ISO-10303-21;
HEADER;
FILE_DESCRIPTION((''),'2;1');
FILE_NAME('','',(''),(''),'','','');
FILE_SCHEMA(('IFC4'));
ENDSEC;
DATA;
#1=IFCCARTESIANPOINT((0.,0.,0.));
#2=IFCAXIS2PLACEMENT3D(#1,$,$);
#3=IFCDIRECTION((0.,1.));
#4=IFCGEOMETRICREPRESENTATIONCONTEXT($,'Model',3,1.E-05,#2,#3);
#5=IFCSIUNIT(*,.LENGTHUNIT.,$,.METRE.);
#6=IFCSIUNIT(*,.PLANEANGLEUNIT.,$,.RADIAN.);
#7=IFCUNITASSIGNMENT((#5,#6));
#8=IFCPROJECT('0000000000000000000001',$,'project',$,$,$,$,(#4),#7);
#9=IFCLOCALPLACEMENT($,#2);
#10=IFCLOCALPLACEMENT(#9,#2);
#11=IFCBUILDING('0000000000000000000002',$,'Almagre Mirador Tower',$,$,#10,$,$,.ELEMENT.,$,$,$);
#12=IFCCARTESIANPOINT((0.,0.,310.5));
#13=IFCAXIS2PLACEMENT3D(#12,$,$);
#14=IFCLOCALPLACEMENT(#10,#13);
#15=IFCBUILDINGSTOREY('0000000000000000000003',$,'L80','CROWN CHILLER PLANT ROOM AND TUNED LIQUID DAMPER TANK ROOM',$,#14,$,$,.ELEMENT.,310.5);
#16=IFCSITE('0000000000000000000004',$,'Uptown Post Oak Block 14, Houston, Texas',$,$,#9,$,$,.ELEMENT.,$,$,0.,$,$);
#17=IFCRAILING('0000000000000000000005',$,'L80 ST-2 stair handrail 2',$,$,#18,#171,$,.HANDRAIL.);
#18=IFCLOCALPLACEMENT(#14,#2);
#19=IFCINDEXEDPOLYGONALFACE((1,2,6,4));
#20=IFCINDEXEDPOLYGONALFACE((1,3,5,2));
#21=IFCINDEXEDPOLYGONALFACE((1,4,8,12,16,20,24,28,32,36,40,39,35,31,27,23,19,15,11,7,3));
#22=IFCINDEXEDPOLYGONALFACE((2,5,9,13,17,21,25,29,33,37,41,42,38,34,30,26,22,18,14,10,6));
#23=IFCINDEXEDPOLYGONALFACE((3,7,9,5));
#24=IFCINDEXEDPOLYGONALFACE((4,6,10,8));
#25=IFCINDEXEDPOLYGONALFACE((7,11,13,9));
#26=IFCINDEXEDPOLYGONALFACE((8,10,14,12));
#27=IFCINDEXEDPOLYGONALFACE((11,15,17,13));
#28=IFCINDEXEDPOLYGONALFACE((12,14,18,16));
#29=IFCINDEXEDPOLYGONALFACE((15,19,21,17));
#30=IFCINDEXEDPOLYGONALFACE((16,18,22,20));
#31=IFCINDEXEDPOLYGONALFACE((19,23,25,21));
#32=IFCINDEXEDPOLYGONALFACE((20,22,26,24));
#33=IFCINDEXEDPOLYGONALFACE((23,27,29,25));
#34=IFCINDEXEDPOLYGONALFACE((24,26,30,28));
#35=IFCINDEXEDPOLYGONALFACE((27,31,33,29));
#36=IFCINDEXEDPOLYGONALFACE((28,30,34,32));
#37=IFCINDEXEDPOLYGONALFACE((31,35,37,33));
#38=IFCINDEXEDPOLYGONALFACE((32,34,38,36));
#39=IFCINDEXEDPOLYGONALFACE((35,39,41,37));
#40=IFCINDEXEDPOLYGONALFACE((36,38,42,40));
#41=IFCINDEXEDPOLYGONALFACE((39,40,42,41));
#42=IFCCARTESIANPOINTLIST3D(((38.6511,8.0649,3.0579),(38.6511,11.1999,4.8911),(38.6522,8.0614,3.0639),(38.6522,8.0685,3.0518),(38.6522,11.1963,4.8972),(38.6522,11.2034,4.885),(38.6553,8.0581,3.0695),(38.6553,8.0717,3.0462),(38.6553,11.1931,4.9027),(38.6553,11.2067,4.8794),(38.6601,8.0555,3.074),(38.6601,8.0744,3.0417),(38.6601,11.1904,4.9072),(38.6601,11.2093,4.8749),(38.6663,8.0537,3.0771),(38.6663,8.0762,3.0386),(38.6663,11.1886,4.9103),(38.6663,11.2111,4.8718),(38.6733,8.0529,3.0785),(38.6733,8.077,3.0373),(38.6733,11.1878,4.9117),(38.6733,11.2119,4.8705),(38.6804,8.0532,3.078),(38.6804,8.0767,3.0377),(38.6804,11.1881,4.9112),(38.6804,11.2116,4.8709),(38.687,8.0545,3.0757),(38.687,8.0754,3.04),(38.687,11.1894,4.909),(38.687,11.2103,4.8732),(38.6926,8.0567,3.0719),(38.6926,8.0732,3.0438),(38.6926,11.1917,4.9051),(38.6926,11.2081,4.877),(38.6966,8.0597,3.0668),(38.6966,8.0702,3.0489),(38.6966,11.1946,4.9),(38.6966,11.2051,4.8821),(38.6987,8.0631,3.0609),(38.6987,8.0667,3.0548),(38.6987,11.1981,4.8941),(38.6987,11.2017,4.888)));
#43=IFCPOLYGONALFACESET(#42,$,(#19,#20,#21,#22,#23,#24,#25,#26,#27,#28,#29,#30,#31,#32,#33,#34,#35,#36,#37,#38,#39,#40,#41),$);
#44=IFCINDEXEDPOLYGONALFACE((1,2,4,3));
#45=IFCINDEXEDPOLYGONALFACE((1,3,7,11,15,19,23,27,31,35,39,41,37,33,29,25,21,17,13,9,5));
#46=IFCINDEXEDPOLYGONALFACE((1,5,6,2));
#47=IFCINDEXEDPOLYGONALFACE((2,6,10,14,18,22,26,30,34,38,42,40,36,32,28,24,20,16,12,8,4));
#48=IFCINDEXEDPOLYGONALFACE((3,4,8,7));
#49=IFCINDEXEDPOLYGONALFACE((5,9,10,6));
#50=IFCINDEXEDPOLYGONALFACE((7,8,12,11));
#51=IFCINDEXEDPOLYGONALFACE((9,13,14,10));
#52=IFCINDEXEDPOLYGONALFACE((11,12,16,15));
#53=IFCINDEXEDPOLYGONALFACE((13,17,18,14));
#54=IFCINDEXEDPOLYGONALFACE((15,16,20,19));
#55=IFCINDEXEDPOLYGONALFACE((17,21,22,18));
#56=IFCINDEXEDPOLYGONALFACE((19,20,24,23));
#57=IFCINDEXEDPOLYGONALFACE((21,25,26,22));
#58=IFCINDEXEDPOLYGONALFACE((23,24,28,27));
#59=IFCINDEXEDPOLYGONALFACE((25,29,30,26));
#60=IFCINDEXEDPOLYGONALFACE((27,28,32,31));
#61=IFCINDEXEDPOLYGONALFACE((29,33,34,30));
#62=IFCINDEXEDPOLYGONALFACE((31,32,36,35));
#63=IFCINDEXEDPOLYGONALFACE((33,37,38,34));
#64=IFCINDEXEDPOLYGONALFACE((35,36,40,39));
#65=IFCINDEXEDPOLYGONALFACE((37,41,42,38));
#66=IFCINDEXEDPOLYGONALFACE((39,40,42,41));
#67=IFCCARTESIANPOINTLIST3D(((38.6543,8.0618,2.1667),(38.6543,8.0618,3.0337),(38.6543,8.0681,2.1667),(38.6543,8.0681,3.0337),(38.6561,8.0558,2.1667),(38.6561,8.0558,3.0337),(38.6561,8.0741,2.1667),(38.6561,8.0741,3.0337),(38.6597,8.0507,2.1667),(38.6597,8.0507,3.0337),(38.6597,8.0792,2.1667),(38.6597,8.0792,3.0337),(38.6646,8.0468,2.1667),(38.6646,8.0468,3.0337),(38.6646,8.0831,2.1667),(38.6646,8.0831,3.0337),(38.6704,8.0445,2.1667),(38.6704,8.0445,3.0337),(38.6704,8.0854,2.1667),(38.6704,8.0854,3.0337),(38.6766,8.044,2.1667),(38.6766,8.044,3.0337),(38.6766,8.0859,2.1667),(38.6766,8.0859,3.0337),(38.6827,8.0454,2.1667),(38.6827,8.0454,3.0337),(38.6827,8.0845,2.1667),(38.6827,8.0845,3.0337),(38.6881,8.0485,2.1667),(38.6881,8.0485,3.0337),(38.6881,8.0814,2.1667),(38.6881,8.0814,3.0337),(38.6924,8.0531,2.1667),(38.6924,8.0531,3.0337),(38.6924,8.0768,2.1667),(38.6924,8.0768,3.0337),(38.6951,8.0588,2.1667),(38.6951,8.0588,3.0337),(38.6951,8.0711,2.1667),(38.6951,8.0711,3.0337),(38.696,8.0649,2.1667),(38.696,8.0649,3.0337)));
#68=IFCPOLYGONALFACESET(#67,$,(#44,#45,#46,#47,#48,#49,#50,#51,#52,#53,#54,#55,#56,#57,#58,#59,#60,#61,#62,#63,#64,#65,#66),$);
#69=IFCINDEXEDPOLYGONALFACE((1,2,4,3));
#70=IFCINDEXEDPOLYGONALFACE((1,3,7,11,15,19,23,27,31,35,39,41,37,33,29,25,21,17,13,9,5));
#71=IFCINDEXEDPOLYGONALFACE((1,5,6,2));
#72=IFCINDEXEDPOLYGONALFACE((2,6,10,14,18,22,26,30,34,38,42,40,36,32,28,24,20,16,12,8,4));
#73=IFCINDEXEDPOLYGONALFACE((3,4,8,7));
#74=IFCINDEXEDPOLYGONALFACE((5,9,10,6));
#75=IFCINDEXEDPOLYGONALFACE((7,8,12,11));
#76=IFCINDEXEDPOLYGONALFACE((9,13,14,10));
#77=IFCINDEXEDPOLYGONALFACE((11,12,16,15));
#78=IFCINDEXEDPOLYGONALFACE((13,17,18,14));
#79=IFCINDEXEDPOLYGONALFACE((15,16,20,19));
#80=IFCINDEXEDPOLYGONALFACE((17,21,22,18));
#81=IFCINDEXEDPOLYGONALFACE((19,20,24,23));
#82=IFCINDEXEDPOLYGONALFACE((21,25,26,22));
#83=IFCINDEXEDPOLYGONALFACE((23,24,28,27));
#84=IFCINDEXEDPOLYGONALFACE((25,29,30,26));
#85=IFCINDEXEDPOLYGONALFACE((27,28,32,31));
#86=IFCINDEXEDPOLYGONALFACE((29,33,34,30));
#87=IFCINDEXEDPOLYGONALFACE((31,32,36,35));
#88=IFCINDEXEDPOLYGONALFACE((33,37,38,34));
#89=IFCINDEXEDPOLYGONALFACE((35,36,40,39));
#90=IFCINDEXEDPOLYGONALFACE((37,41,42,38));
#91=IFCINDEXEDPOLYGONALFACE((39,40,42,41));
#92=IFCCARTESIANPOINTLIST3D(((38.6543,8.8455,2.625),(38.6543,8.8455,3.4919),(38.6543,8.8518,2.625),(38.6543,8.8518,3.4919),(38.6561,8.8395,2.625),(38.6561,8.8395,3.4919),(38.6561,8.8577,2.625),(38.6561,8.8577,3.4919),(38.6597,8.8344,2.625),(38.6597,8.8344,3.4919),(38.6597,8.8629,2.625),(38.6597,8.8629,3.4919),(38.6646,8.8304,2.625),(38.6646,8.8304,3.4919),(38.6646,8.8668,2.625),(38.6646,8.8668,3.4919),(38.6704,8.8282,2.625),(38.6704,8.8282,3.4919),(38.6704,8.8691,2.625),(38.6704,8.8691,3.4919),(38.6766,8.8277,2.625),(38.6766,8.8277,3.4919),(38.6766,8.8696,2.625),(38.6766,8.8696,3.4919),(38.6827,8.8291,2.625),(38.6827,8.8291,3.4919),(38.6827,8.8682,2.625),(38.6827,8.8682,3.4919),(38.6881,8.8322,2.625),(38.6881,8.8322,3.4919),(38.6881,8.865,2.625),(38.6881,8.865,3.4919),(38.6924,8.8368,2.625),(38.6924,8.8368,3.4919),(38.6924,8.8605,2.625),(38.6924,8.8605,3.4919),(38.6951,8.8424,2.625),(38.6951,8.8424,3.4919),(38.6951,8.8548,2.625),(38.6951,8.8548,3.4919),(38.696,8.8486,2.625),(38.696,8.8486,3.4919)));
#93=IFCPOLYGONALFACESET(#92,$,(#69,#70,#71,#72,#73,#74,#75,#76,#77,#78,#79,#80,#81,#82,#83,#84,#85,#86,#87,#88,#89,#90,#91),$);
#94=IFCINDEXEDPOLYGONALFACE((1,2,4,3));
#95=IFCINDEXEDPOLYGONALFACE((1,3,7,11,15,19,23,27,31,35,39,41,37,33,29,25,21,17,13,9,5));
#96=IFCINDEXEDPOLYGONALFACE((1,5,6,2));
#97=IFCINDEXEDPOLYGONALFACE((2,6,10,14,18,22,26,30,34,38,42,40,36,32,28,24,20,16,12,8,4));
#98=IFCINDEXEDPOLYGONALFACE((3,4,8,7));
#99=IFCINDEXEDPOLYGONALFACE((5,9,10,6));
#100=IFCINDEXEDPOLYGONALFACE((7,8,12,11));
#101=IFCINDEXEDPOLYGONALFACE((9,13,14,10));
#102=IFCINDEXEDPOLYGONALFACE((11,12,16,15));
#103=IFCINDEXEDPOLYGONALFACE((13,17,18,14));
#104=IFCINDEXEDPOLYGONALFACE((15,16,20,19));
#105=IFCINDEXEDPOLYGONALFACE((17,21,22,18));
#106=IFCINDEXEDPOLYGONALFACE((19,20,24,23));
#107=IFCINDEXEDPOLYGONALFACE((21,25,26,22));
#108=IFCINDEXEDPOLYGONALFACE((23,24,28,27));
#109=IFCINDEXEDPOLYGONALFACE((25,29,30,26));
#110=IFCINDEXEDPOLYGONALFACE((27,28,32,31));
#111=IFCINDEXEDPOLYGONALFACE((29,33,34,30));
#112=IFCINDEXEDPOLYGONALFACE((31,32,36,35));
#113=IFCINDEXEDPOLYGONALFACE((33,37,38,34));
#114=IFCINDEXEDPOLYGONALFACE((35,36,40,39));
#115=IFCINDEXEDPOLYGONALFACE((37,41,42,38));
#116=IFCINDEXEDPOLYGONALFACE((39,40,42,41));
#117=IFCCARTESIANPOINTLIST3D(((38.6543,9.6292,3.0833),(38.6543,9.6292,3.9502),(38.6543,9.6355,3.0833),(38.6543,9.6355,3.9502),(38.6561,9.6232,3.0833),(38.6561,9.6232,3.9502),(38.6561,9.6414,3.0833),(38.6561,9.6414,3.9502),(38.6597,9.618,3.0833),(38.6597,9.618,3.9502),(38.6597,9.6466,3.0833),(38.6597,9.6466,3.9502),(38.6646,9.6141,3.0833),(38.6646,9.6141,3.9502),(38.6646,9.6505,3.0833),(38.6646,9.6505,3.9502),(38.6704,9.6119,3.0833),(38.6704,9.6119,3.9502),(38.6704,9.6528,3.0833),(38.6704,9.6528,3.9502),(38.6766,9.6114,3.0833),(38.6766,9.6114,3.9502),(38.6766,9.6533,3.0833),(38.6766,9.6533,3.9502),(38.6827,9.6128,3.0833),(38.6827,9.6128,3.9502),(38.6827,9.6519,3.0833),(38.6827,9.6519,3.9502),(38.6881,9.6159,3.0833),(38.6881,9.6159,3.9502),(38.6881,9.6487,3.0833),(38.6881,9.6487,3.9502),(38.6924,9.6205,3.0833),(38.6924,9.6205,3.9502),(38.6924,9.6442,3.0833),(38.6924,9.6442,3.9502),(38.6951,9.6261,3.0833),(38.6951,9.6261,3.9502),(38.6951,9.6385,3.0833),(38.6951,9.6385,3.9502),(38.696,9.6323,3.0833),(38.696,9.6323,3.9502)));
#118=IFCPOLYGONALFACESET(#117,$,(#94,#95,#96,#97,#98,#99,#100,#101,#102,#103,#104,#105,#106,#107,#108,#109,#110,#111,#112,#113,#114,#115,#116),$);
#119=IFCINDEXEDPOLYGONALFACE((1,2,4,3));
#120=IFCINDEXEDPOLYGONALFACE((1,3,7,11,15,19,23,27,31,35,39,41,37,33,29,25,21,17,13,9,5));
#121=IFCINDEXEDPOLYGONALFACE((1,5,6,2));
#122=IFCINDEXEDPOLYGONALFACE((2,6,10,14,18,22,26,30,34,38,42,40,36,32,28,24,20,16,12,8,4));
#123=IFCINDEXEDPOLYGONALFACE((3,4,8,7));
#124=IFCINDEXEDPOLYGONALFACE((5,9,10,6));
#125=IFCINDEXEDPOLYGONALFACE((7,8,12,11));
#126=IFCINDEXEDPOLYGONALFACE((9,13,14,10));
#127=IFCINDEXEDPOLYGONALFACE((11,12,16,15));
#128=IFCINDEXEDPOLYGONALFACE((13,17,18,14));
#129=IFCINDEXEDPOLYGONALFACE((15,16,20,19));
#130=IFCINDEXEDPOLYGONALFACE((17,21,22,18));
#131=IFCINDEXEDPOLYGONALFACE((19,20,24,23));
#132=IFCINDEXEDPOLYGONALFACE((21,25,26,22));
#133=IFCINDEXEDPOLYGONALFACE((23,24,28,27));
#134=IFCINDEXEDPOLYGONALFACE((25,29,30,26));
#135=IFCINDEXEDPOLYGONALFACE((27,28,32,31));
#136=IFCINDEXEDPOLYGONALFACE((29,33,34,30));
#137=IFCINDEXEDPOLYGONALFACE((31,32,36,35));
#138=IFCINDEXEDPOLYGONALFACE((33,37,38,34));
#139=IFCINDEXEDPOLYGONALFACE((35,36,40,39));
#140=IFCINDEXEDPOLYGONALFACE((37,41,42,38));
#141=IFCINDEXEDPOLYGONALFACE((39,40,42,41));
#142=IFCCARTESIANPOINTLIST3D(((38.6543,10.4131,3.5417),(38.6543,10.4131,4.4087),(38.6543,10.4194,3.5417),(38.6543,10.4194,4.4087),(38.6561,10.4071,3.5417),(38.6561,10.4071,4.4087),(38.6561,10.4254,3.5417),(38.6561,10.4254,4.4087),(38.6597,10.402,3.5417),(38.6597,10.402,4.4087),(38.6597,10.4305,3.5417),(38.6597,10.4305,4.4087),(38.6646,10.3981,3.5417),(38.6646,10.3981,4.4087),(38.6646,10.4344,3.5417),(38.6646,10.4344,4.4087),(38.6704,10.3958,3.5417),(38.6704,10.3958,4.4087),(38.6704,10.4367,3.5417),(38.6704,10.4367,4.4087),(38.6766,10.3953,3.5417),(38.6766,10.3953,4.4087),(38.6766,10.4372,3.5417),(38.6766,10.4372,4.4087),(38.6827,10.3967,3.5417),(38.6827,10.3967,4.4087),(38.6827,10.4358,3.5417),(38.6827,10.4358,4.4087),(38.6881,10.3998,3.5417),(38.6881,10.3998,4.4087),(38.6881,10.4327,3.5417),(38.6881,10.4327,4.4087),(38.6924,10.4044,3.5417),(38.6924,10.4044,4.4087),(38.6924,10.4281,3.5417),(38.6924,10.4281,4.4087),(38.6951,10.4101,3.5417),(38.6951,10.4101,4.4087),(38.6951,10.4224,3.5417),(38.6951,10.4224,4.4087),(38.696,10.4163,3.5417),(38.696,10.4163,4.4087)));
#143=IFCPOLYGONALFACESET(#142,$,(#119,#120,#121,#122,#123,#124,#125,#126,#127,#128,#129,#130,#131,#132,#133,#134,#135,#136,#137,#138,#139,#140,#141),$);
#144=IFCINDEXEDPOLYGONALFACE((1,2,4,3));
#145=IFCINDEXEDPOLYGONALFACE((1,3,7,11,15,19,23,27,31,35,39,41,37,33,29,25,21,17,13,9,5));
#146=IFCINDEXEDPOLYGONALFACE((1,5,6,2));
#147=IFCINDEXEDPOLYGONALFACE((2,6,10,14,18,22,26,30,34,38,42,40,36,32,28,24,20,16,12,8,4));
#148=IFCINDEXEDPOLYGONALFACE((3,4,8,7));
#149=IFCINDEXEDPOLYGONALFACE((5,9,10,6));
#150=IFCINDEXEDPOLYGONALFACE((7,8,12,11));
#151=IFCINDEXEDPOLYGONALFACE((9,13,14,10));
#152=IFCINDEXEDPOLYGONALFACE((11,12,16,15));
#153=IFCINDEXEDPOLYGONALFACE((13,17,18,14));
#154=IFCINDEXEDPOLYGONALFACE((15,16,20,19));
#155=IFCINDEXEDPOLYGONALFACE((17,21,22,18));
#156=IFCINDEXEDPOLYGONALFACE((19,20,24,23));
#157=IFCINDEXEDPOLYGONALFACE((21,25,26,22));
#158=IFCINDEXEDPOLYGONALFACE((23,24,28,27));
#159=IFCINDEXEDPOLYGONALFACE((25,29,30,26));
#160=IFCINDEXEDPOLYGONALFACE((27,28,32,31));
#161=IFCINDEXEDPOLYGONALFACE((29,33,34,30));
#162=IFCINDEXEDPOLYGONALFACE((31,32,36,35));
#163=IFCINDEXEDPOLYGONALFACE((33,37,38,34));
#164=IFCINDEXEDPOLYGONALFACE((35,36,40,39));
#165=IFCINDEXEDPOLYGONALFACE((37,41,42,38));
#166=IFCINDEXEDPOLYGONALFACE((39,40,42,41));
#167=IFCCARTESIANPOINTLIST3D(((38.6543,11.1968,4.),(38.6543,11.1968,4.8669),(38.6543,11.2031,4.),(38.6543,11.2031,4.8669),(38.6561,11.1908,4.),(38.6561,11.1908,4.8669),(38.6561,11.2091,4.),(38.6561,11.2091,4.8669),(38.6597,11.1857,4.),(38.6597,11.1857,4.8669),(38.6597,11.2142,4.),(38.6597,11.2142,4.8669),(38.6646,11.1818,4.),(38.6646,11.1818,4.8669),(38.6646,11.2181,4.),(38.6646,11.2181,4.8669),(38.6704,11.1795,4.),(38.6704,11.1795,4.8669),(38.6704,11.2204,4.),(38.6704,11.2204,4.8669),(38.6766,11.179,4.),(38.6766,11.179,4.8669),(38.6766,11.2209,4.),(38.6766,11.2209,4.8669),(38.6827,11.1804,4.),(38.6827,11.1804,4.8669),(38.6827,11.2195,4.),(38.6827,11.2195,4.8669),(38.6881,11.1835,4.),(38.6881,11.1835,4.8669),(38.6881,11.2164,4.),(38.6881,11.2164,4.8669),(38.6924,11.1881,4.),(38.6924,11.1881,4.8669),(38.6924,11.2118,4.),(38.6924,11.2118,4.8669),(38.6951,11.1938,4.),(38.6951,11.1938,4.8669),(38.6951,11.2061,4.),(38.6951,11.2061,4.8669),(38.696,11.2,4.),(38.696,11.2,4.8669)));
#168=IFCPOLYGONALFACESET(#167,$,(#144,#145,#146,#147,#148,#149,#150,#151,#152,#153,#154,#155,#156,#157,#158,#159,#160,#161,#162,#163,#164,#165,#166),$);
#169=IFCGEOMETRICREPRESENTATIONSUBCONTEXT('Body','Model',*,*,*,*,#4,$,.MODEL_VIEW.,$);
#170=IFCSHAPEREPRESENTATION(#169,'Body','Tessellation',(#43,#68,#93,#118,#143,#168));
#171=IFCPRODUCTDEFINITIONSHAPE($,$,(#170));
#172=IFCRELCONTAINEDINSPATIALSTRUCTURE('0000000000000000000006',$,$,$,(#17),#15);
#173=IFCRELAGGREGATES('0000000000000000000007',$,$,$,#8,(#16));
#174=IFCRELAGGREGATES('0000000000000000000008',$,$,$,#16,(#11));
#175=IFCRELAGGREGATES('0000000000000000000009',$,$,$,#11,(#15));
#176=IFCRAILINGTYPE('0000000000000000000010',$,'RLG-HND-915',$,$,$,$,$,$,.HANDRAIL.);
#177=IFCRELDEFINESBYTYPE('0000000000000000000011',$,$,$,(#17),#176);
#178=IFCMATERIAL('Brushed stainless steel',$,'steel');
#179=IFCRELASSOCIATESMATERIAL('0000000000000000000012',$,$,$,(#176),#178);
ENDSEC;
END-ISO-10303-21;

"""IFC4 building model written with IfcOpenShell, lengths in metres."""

from ifc_helpers import new_model, si_unit, direction, frame, origin, origin_2d, place, context, subcontext, project, spatial, circle, extrude, material, type_object, element, save


model = new_model("IFC4")

# Units and contexts
model_context = context("Model", 3, precision=1e-05, world=origin(), true_north=direction((0.0, 1.0)))
body_context = subcontext(model_context, "Body", "Model", "MODEL_VIEW")
ifc_project = project(units=[si_unit("LENGTHUNIT", "METRE"), si_unit("PLANEANGLEUNIT", "RADIAN")], contexts=[model_context])

# Site, building, storey
site_placement = place(None, origin())
site = spatial("IfcSite", under=ifc_project, at=site_placement, Name="Uptown Post Oak Block 14, Houston, Texas", CompositionType="ELEMENT", RefElevation=0.0)
building_placement = place(site_placement, origin())
building = spatial("IfcBuilding", under=site, at=building_placement, Name="Almagre Mirador Tower", CompositionType="ELEMENT")
storey_placement = place(building_placement, frame((0.0, 0.0, 310.5)))
storey = spatial("IfcBuildingStorey", under=building, at=storey_placement, Name="L80", Description="CROWN CHILLER PLANT ROOM AND TUNED LIQUID DAMPER TANK ROOM", CompositionType="ELEMENT", Elevation=310.5)

# Railing
ifc_material_1 = material(Name="Brushed stainless steel", Category="steel")
railing_type_1 = type_object("IfcRailingType", Name="RLG-HND-915", PredefinedType="HANDRAIL", material=ifc_material_1)
railing_1_placement = place(storey_placement, frame((38.675, 8.0649, 2.1667)))
element("IfcRailing", 1, at=railing_1_placement, inside=storey, type_object=railing_type_1, Name="L80 ST-2 stair handrail 2", PredefinedType="HANDRAIL", context=body_context, shape_type="SweptSolid", body=[
    extrude(circle(Radius=0.0239, at=origin_2d()), frame((0.0, 0.0, 0.8911), z_axis=(0.0, 0.86324, 0.504794), x_axis=(-1.0, 0.0, 0.0)), (0.0, 0.0, 1.0), 3.6316),
    extrude(circle(Radius=0.021, at=origin_2d()), origin(), (0.0, 0.0, 1.0), 0.8669),
    extrude(circle(Radius=0.021, at=origin_2d()), frame((0.0, 0.7837, 0.4583)), (0.0, 0.0, 1.0), 0.8669),
    extrude(circle(Radius=0.021, at=origin_2d()), frame((0.0, 1.5674, 0.9165)), (0.0, 0.0, 1.0), 0.8669),
    extrude(circle(Radius=0.021, at=origin_2d()), frame((0.0, 2.3513, 1.375)), (0.0, 0.0, 1.0), 0.8669),
    extrude(circle(Radius=0.021, at=origin_2d()), frame((0.0, 3.135, 1.8333)), (0.0, 0.0, 1.0), 0.8669),
])

save(model, "model.ifc")
